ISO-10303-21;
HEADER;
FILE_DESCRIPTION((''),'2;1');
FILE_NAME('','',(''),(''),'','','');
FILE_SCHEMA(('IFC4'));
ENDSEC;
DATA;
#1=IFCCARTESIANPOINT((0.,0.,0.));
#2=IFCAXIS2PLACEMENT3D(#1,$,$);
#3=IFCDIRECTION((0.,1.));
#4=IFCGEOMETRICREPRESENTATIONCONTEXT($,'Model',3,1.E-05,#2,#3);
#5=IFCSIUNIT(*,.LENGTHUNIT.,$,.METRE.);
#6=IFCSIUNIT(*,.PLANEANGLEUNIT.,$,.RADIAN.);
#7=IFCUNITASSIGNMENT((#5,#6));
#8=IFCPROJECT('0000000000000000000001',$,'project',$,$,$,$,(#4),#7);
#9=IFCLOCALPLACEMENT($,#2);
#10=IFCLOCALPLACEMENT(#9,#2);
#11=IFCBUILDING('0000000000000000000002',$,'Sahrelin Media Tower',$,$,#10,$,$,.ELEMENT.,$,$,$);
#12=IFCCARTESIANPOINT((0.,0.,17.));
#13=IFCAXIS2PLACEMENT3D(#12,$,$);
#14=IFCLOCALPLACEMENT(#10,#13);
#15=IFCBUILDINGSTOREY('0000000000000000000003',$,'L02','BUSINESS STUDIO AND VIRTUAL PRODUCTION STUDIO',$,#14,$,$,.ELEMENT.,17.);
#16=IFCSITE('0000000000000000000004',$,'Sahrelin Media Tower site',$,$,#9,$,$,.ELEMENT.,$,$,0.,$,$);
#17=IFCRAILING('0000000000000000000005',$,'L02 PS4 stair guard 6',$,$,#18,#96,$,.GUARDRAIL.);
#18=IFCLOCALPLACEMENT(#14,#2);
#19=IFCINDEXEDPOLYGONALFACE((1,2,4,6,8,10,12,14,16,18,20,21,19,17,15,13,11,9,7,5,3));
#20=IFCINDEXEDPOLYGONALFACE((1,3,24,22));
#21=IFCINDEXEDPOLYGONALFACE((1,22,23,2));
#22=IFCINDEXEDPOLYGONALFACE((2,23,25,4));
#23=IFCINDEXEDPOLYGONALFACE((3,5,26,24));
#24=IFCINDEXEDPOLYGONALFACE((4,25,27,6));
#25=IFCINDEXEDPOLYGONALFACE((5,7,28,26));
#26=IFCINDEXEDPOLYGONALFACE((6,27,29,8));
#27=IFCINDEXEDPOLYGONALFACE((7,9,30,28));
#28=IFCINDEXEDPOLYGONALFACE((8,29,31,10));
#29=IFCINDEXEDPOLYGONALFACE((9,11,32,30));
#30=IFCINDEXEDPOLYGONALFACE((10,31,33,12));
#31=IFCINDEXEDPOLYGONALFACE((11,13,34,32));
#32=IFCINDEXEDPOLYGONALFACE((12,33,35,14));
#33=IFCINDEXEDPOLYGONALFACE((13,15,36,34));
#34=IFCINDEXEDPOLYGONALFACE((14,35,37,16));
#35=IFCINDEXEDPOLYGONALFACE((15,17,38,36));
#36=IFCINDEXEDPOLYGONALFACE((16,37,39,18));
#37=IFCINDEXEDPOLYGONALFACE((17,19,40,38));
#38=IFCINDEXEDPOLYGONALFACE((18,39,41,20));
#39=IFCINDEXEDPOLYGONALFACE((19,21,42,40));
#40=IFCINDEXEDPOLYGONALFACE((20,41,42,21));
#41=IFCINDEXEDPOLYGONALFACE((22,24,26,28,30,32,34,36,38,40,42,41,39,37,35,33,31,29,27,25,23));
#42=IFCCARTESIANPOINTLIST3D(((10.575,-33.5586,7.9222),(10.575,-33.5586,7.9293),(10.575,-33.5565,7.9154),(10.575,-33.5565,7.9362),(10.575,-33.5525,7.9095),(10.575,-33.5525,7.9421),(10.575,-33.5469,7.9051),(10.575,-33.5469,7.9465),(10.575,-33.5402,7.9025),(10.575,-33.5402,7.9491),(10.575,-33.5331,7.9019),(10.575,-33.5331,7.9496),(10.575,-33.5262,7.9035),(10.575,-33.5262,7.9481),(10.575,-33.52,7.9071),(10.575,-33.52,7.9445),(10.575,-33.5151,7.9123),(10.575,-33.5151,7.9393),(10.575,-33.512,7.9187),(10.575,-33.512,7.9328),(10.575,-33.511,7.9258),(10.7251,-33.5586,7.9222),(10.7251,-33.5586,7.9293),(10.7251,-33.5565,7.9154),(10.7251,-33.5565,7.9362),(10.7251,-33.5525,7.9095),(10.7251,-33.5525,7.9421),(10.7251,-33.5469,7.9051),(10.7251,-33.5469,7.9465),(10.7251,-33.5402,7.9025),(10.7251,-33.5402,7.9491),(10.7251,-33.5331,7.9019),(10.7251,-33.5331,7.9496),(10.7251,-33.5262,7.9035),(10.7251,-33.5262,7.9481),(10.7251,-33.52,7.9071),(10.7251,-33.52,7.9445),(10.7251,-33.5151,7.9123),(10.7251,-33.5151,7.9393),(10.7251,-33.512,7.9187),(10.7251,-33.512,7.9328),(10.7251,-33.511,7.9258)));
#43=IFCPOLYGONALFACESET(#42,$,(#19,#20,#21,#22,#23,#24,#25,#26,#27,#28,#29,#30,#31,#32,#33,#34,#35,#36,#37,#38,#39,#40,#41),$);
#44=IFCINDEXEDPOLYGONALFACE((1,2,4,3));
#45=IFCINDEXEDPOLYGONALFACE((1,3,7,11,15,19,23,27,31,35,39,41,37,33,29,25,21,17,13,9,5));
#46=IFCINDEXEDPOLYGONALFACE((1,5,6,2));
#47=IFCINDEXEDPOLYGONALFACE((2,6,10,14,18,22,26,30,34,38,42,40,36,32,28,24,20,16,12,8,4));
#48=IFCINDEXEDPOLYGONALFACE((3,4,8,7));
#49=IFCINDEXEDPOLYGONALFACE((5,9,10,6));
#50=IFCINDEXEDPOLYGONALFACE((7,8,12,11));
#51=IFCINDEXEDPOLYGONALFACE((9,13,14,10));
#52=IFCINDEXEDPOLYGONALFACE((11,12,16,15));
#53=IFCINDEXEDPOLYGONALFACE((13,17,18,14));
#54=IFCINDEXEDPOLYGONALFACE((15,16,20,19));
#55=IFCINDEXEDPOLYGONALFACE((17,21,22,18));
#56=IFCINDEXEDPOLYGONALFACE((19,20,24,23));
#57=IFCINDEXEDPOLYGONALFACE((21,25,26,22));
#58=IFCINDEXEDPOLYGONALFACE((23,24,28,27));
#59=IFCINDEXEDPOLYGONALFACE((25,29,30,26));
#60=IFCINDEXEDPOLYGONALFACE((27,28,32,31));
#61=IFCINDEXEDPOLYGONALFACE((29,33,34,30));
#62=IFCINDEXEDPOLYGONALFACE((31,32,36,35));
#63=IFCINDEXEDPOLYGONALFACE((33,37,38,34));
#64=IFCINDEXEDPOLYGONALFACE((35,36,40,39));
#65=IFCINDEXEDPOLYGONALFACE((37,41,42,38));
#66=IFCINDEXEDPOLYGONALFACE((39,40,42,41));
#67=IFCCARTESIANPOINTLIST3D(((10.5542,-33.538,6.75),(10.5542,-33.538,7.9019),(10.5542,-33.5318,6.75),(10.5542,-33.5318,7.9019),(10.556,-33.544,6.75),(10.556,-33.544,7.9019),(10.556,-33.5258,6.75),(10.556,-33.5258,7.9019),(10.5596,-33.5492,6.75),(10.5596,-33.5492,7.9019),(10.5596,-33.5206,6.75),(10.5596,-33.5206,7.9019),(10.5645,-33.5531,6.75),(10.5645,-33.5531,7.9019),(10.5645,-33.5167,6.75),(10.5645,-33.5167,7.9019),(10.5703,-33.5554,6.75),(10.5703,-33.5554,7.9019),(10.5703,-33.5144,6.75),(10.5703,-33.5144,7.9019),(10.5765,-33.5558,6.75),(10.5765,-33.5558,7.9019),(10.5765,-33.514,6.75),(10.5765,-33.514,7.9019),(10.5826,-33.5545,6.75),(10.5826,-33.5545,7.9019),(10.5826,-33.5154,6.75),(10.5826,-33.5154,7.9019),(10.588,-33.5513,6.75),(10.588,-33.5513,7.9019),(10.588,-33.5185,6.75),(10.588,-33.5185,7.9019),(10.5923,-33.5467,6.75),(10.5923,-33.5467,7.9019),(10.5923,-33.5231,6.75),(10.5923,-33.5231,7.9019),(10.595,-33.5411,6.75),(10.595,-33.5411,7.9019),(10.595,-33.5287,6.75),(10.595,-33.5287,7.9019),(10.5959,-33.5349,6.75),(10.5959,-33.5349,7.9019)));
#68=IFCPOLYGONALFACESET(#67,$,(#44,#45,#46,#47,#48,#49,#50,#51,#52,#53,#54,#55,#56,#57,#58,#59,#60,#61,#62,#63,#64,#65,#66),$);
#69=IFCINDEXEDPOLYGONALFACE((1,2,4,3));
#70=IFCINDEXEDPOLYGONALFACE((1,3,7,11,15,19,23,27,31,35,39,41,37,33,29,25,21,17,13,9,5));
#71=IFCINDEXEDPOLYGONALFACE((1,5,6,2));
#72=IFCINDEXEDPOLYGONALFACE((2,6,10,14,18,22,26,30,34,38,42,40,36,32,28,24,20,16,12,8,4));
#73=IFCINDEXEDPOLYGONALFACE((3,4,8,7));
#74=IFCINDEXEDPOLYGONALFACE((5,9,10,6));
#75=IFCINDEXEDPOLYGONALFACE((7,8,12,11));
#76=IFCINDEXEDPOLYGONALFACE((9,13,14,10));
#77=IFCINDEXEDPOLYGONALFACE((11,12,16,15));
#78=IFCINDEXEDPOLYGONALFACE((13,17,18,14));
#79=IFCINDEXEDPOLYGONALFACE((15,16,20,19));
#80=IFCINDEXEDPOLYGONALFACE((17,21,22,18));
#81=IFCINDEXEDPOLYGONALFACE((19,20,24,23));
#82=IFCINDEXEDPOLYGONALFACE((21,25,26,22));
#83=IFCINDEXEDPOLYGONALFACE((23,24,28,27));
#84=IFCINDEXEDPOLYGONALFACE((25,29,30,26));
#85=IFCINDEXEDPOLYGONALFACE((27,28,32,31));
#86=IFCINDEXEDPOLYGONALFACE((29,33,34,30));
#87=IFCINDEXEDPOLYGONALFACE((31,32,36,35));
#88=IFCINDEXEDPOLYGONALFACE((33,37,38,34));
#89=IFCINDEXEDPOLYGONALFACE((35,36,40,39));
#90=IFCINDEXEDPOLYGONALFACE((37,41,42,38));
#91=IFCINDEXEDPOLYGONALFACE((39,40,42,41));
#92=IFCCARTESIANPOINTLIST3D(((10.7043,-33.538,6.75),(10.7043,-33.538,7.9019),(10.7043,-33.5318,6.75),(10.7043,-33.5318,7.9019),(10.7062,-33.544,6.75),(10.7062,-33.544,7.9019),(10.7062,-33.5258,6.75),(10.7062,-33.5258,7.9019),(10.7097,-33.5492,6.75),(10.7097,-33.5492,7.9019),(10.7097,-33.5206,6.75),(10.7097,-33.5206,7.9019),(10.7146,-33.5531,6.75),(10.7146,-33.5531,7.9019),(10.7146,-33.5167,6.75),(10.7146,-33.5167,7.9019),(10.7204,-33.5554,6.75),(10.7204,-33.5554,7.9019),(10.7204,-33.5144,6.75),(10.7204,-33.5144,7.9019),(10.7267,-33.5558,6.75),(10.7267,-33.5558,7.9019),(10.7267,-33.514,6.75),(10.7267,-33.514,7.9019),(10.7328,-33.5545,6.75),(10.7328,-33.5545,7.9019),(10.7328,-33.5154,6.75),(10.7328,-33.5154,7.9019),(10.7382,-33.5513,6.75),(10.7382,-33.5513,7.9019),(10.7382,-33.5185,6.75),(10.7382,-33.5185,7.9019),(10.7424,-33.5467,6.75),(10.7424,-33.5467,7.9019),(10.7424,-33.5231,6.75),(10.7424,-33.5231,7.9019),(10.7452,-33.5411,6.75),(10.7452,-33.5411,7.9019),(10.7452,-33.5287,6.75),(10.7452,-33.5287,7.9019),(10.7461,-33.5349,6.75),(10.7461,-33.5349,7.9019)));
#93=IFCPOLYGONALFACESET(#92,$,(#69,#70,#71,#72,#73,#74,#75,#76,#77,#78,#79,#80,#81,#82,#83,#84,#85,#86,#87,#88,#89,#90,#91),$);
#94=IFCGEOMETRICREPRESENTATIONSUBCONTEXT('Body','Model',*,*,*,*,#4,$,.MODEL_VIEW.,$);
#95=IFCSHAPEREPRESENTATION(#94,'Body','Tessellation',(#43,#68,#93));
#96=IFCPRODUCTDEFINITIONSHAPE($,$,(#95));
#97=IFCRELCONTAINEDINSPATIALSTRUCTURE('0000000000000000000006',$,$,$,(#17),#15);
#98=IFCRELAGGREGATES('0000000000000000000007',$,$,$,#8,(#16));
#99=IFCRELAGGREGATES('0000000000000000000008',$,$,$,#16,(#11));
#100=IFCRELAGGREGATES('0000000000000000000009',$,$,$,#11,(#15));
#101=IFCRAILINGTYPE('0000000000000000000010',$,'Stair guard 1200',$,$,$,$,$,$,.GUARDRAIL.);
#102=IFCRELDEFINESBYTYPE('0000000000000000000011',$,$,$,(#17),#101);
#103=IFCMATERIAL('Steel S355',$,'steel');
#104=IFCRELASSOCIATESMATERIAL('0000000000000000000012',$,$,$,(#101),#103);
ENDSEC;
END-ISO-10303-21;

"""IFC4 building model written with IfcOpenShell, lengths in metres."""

from ifc_helpers import new_model, si_unit, direction, frame, origin, origin_2d, place, context, subcontext, project, spatial, circle, extrude, material, type_object, element, save


model = new_model("IFC4")

# Units and contexts
model_context = context("Model", 3, precision=1e-05, world=origin(), true_north=direction((0.0, 1.0)))
body_context = subcontext(model_context, "Body", "Model", "MODEL_VIEW")
ifc_project = project(units=[si_unit("LENGTHUNIT", "METRE"), si_unit("PLANEANGLEUNIT", "RADIAN")], contexts=[model_context])

# Site, building, storey
site_placement = place(None, origin())
site = spatial("IfcSite", under=ifc_project, at=site_placement, Name="Sahrelin Media Tower site", CompositionType="ELEMENT", RefElevation=0.0)
building_placement = place(site_placement, origin())
building = spatial("IfcBuilding", under=site, at=building_placement, Name="Sahrelin Media Tower", CompositionType="ELEMENT")
storey_placement = place(building_placement, frame((0.0, 0.0, 17.0)))
storey = spatial("IfcBuildingStorey", under=building, at=storey_placement, Name="L02", Description="BUSINESS STUDIO AND VIRTUAL PRODUCTION STUDIO", CompositionType="ELEMENT", Elevation=17.0)

# Shared definitions
ifc_material_1 = material(Name="Steel S355", Category="steel")

# Railing
railing_type_1 = type_object("IfcRailingType", Name="Stair guard 1200", PredefinedType="GUARDRAIL", material=ifc_material_1)
railing_1_placement = place(storey_placement, frame((10.575, -33.5349, 6.75)))
element("IfcRailing", 1, at=railing_1_placement, inside=storey, type_object=railing_type_1, Name="L02 PS4 stair guard 6", PredefinedType="GUARDRAIL", context=body_context, shape_type="SweptSolid", body=[
    extrude(circle(Radius=0.0239, at=origin_2d()), frame((0.0, 0.0, 1.1758), z_axis=(1.0, 0.0, 0.0), x_axis=(0.0, 1.0, 0.0)), (0.0, 0.0, 1.0), 0.1501),
    extrude(circle(Radius=0.021, at=origin_2d()), origin(), (0.0, 0.0, 1.0), 1.1519),
    extrude(circle(Radius=0.021, at=origin_2d()), frame((0.1501, 0.0, 0.0)), (0.0, 0.0, 1.0), 1.1519),
])

save(model, "model.ifc")
